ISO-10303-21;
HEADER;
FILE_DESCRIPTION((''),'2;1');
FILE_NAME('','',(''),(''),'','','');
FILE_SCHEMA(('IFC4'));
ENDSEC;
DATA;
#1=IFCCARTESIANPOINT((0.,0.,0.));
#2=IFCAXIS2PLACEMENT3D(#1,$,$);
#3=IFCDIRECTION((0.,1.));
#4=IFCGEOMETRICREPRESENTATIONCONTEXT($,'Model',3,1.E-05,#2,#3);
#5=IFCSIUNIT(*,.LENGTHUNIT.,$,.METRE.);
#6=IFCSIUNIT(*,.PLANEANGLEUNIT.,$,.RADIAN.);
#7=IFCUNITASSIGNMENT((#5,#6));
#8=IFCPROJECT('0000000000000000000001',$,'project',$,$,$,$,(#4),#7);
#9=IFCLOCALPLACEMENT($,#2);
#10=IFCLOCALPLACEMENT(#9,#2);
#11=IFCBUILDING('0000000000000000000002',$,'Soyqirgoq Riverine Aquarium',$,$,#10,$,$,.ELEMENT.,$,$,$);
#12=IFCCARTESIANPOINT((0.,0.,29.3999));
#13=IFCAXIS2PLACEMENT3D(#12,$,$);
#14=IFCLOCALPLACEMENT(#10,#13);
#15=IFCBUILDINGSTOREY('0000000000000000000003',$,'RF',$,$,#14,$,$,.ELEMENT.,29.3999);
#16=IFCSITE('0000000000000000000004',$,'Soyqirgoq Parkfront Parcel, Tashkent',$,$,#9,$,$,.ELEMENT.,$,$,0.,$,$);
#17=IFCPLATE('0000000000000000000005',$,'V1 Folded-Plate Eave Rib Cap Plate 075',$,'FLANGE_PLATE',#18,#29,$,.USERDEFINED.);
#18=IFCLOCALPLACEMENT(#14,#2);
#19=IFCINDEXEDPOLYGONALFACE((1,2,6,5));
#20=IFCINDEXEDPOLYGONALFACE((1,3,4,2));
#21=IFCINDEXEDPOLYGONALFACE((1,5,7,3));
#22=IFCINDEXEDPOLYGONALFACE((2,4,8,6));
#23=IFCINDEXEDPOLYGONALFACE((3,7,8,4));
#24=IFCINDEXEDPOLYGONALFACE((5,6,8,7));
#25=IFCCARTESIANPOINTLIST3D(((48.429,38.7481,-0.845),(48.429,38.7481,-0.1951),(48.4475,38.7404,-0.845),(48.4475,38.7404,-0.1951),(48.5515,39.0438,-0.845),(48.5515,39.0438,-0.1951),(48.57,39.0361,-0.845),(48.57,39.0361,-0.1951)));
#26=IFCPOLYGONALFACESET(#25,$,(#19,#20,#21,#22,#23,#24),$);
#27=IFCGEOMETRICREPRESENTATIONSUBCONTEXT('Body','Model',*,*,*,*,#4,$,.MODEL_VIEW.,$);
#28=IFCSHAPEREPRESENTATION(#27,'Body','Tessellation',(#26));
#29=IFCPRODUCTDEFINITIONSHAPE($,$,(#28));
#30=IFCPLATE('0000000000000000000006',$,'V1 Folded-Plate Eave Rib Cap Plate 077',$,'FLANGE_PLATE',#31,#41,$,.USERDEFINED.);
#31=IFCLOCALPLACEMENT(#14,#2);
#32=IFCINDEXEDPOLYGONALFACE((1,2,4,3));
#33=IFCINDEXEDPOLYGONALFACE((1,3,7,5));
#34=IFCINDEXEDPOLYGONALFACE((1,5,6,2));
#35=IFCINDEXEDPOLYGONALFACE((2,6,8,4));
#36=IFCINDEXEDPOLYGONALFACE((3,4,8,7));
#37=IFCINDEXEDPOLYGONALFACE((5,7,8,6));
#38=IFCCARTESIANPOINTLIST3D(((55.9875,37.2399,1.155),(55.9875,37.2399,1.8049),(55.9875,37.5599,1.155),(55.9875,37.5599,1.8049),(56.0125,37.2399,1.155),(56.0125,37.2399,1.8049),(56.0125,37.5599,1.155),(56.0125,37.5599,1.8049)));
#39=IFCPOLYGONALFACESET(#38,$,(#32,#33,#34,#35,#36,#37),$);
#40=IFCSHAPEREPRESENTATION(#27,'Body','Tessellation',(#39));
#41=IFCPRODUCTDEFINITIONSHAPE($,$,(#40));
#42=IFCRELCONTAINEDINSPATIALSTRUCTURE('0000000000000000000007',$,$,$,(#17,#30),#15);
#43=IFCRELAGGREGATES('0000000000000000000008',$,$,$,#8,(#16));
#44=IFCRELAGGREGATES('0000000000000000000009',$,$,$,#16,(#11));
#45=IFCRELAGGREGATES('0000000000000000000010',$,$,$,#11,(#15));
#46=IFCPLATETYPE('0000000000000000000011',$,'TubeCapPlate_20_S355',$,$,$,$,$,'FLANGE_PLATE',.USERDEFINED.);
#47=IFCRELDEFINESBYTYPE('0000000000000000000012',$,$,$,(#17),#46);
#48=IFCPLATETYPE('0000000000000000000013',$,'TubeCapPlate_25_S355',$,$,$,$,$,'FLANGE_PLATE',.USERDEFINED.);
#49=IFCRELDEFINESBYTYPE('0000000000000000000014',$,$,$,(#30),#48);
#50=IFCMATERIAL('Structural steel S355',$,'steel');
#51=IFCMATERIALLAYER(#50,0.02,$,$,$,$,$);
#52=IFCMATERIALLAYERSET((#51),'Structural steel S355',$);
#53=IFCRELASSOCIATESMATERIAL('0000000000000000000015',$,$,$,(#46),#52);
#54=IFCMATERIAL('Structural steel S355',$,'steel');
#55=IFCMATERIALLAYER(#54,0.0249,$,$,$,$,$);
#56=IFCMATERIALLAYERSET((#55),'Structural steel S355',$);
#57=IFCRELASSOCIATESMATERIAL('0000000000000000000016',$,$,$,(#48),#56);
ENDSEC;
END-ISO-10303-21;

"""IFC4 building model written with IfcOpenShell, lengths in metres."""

from ifc_helpers import new_model, si_unit, direction, frame, origin, origin_2d, place, context, subcontext, project, spatial, rectangle, extrude, material, layer, layer_set, type_object, element, save


model = new_model("IFC4")

# Units and contexts
model_context = context("Model", 3, precision=1e-05, world=origin(), true_north=direction((0.0, 1.0)))
body_context = subcontext(model_context, "Body", "Model", "MODEL_VIEW")
ifc_project = project(units=[si_unit("LENGTHUNIT", "METRE"), si_unit("PLANEANGLEUNIT", "RADIAN")], contexts=[model_context])

# Site, building, storey
site_placement = place(None, origin())
site = spatial("IfcSite", under=ifc_project, at=site_placement, Name="Soyqirgoq Parkfront Parcel, Tashkent", CompositionType="ELEMENT", RefElevation=0.0)
building_placement = place(site_placement, origin())
building = spatial("IfcBuilding", under=site, at=building_placement, Name="Soyqirgoq Riverine Aquarium", CompositionType="ELEMENT")
storey_placement = place(building_placement, frame((0.0, 0.0, 29.3999)))
storey = spatial("IfcBuildingStorey", under=building, at=storey_placement, Name="RF", CompositionType="ELEMENT", Elevation=29.3999)

# Plates
ifc_material_1 = material(Name="Structural steel S355", Category="steel")
ifc_layer_1 = layer(ifc_material_1, 0.02)
ifc_layer_set_1 = layer_set([ifc_layer_1], Name="Structural steel S355")
plate_type_1 = type_object("IfcPlateType", Name="TubeCapPlate_20_S355", ElementType="FLANGE_PLATE", PredefinedType="USERDEFINED", material=ifc_layer_set_1)
plate_1_placement = place(storey_placement, frame((48.4995, 38.8921, -0.845), z_axis=(0.0, 0.0, 1.0), x_axis=(-0.382683, -0.92388, 0.0)))
element("IfcPlate", 1, at=plate_1_placement, inside=storey, type_object=plate_type_1, Name="V1 Folded-Plate Eave Rib Cap Plate 075", ObjectType="FLANGE_PLATE", PredefinedType="USERDEFINED", context=body_context, shape_type="SweptSolid", body=[
    extrude(rectangle(XDim=0.3201, YDim=0.02, at=origin_2d()), origin(), (0.0, 0.0, 1.0), 0.6499),
])
ifc_material_2 = material(Name="Structural steel S355", Category="steel")
ifc_layer_2 = layer(ifc_material_2, 0.0249)
ifc_layer_set_2 = layer_set([ifc_layer_2], Name="Structural steel S355")
plate_type_2 = type_object("IfcPlateType", Name="TubeCapPlate_25_S355", ElementType="FLANGE_PLATE", PredefinedType="USERDEFINED", material=ifc_layer_set_2)
plate_2_placement = place(storey_placement, frame((56.0, 37.3999, 1.155), z_axis=(0.0, 0.0, 1.0), x_axis=(0.0, -1.0, 0.0)))
element("IfcPlate", 2, at=plate_2_placement, inside=storey, type_object=plate_type_2, Name="V1 Folded-Plate Eave Rib Cap Plate 077", ObjectType="FLANGE_PLATE", PredefinedType="USERDEFINED", context=body_context, shape_type="SweptSolid", body=[
    extrude(rectangle(XDim=0.3201, YDim=0.0249, at=origin_2d()), origin(), (0.0, 0.0, 1.0), 0.6499),
])

save(model, "model.ifc")
